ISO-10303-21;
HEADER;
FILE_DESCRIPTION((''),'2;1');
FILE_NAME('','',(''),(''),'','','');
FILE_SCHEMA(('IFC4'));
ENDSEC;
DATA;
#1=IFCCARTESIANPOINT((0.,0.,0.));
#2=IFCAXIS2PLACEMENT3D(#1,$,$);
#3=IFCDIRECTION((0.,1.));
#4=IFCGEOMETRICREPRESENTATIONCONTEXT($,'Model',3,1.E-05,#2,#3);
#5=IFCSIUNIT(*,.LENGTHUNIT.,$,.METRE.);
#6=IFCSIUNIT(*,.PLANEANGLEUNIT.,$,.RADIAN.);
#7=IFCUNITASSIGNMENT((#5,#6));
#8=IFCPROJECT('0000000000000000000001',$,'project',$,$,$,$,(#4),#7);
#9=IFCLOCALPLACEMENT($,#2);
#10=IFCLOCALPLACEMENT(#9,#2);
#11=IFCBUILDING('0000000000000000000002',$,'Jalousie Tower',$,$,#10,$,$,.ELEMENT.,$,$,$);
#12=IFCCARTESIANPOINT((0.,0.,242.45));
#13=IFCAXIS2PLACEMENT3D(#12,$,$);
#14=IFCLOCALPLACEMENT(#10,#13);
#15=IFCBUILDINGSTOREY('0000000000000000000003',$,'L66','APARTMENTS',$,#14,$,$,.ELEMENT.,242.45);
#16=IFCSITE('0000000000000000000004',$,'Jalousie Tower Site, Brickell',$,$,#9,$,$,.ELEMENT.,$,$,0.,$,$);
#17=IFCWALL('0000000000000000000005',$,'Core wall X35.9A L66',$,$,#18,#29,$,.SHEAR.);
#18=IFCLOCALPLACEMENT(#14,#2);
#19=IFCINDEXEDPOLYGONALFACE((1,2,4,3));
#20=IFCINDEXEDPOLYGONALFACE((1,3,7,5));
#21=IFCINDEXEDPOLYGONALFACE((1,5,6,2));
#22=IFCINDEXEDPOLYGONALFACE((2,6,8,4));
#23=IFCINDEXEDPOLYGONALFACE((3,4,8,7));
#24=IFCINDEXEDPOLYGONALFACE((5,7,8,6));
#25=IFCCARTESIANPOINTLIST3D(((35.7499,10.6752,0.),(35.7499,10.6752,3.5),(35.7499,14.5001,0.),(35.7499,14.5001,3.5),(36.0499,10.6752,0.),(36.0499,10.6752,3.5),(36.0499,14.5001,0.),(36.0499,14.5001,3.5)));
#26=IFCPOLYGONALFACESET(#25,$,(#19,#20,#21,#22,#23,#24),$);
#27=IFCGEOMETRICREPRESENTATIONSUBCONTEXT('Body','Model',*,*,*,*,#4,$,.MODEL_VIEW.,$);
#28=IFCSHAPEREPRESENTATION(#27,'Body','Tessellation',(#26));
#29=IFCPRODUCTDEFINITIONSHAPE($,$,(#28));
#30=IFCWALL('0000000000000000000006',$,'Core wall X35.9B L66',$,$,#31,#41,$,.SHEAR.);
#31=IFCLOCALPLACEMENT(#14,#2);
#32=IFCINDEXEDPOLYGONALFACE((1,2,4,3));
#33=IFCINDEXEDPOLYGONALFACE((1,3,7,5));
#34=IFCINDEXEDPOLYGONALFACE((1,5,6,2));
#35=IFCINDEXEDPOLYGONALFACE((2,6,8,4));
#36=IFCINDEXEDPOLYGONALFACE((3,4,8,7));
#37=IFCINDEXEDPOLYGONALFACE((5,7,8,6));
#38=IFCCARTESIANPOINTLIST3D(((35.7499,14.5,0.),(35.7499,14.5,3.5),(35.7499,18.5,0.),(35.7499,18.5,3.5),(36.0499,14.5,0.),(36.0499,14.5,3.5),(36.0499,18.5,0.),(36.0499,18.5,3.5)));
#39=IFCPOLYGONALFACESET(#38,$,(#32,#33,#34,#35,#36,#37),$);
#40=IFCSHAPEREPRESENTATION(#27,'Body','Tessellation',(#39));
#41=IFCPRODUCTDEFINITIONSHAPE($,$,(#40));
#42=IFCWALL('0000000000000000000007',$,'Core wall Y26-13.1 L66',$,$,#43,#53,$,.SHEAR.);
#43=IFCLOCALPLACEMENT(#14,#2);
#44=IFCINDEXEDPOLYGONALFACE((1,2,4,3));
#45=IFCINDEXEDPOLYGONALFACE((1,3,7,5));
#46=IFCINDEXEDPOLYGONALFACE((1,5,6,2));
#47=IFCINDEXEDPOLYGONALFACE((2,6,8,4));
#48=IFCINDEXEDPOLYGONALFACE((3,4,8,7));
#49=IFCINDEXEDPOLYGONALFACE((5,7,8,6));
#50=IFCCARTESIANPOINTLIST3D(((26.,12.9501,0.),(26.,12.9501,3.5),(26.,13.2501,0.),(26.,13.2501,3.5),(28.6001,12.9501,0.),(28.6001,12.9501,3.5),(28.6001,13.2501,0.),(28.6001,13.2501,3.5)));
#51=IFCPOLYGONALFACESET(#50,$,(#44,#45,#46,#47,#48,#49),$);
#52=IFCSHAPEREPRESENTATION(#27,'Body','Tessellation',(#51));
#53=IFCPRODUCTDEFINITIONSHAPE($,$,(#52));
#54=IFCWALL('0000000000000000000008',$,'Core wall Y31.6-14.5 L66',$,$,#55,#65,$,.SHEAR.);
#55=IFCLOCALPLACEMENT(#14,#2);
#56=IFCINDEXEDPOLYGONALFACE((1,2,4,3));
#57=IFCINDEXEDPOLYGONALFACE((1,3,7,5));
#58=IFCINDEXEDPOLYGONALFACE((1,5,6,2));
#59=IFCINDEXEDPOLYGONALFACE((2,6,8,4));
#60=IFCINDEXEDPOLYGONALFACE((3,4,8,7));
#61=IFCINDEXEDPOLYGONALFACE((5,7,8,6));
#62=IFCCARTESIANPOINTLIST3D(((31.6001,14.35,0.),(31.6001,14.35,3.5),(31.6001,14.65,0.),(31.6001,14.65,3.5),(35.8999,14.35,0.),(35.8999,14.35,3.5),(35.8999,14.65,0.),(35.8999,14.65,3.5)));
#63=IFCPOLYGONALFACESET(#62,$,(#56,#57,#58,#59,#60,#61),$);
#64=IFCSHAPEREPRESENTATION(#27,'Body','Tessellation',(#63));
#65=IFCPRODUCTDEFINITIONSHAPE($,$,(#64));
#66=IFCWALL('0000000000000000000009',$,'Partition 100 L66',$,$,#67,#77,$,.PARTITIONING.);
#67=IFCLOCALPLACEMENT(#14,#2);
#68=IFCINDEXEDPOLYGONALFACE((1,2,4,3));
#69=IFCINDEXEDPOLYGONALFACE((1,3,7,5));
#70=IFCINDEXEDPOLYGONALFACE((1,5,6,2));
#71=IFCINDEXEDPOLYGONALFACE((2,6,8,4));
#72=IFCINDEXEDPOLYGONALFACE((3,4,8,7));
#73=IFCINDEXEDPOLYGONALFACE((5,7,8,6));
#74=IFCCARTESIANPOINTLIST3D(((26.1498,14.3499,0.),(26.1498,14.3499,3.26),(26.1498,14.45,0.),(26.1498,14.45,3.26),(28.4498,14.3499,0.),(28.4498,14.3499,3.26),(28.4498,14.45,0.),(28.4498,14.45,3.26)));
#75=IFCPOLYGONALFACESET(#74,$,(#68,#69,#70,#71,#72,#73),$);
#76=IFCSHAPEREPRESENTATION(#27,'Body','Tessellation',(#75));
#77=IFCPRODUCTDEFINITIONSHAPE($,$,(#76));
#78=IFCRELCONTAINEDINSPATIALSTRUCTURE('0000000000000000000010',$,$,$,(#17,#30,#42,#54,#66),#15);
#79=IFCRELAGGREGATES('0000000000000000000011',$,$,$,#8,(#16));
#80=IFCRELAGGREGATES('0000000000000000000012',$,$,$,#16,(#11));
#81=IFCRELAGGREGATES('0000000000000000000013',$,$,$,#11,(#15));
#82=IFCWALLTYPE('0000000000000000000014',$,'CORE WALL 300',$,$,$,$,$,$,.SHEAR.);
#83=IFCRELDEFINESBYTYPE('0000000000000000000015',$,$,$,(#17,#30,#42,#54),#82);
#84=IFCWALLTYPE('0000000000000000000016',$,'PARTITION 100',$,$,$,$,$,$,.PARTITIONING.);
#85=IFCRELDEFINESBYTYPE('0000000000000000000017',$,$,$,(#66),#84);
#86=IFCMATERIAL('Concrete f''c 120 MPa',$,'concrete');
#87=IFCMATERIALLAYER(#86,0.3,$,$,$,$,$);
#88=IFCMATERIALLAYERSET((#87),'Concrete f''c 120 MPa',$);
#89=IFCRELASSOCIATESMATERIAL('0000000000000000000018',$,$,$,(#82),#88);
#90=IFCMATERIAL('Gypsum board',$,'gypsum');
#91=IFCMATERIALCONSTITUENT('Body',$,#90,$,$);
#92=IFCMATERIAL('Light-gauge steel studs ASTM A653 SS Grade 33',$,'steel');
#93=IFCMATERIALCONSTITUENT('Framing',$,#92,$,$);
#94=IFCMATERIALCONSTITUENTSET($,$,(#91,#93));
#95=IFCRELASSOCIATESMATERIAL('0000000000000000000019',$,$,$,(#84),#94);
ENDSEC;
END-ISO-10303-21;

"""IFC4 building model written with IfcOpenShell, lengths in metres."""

from ifc_helpers import new_model, si_unit, direction, frame, frame_2d, origin, place, context, subcontext, project, spatial, rectangle, extrude, material, layer, layer_set, constituent, constituent_set, type_object, element, save


model = new_model("IFC4")

# Units and contexts
model_context = context("Model", 3, precision=1e-05, world=origin(), true_north=direction((0.0, 1.0)))
body_context = subcontext(model_context, "Body", "Model", "MODEL_VIEW")
ifc_project = project(units=[si_unit("LENGTHUNIT", "METRE"), si_unit("PLANEANGLEUNIT", "RADIAN")], contexts=[model_context])

# Site, building, storey
site_placement = place(None, origin())
site = spatial("IfcSite", under=ifc_project, at=site_placement, Name="Jalousie Tower Site, Brickell", CompositionType="ELEMENT", RefElevation=0.0)
building_placement = place(site_placement, origin())
building = spatial("IfcBuilding", under=site, at=building_placement, Name="Jalousie Tower", CompositionType="ELEMENT")
storey_placement = place(building_placement, frame((0.0, 0.0, 242.45)))
storey = spatial("IfcBuildingStorey", under=building, at=storey_placement, Name="L66", Description="APARTMENTS", CompositionType="ELEMENT", Elevation=242.45)

# Shared definitions
ifc_material_1 = material(Name="Concrete f'c 120 MPa", Category="concrete")
ifc_layer = layer(ifc_material_1, 0.3)
ifc_layer_set = layer_set([ifc_layer], Name="Concrete f'c 120 MPa")
wall_type_1 = type_object("IfcWallType", Name="CORE WALL 300", PredefinedType="SHEAR", material=ifc_layer_set)

# Walls
wall_1_placement = place(storey_placement, frame((35.8999, 10.675, 0.0), z_axis=(0.0, 0.0, 1.0), x_axis=(0.0, 1.0, 0.0)))
element("IfcWall", 1, at=wall_1_placement, inside=storey, type_object=wall_type_1, Name="Core wall X35.9A L66", PredefinedType="SHEAR", context=body_context, shape_type="SweptSolid", body=[
    extrude(rectangle(XDim=3.825, YDim=0.3, at=frame_2d((1.9126, 0.0))), origin(), (0.0, 0.0, 1.0), 3.5),
])
wall_2_placement = place(storey_placement, frame((35.8999, 14.5, 0.0), z_axis=(0.0, 0.0, 1.0), x_axis=(0.0, 1.0, 0.0)))
element("IfcWall", 2, at=wall_2_placement, inside=storey, type_object=wall_type_1, Name="Core wall X35.9B L66", PredefinedType="SHEAR", context=body_context, shape_type="SweptSolid", body=[
    extrude(rectangle(XDim=4.0, YDim=0.3, at=frame_2d((2.0, 0.0))), origin(), (0.0, 0.0, 1.0), 3.5),
])
wall_3_placement = place(storey_placement, frame((26.0, 13.1001, 0.0), z_axis=(0.0, 0.0, 1.0), x_axis=(1.0, 0.0, 0.0)))
element("IfcWall", 3, at=wall_3_placement, inside=storey, type_object=wall_type_1, Name="Core wall Y26-13.1 L66", PredefinedType="SHEAR", context=body_context, shape_type="SweptSolid", body=[
    extrude(rectangle(XDim=2.6001, YDim=0.3, at=frame_2d((1.3, 0.0))), origin(), (0.0, 0.0, 1.0), 3.5),
])
wall_4_placement = place(storey_placement, frame((31.6001, 14.5, 0.0), z_axis=(0.0, 0.0, 1.0), x_axis=(1.0, 0.0, 0.0)))
element("IfcWall", 4, at=wall_4_placement, inside=storey, type_object=wall_type_1, Name="Core wall Y31.6-14.5 L66", PredefinedType="SHEAR", context=body_context, shape_type="SweptSolid", body=[
    extrude(rectangle(XDim=4.2998, YDim=0.3, at=frame_2d((2.1499, 0.0))), origin(), (0.0, 0.0, 1.0), 3.5),
])
ifc_material_2 = material(Name="Gypsum board", Category="gypsum")
ifc_constituent_1 = constituent(ifc_material_2, Name="Body")
ifc_material_3 = material(Name="Light-gauge steel studs ASTM A653 SS Grade 33", Category="steel")
ifc_constituent_2 = constituent(ifc_material_3, Name="Framing")
ifc_constituent_set_1 = constituent_set(constituents=[ifc_constituent_1, ifc_constituent_2])
wall_type_2 = type_object("IfcWallType", Name="PARTITION 100", PredefinedType="PARTITIONING", material=ifc_constituent_set_1)
wall_5_placement = place(storey_placement, frame((26.1499, 14.3999, 0.0), z_axis=(0.0, 0.0, 1.0), x_axis=(1.0, 0.0, 0.0)))
element("IfcWall", 5, at=wall_5_placement, inside=storey, type_object=wall_type_2, Name="Partition 100 L66", PredefinedType="PARTITIONING", context=body_context, shape_type="SweptSolid", body=[
    extrude(rectangle(XDim=2.3, YDim=0.1001, at=frame_2d((1.1499, 0.0))), origin(), (0.0, 0.0, 1.0), 3.26),
])

save(model, "model.ifc")
